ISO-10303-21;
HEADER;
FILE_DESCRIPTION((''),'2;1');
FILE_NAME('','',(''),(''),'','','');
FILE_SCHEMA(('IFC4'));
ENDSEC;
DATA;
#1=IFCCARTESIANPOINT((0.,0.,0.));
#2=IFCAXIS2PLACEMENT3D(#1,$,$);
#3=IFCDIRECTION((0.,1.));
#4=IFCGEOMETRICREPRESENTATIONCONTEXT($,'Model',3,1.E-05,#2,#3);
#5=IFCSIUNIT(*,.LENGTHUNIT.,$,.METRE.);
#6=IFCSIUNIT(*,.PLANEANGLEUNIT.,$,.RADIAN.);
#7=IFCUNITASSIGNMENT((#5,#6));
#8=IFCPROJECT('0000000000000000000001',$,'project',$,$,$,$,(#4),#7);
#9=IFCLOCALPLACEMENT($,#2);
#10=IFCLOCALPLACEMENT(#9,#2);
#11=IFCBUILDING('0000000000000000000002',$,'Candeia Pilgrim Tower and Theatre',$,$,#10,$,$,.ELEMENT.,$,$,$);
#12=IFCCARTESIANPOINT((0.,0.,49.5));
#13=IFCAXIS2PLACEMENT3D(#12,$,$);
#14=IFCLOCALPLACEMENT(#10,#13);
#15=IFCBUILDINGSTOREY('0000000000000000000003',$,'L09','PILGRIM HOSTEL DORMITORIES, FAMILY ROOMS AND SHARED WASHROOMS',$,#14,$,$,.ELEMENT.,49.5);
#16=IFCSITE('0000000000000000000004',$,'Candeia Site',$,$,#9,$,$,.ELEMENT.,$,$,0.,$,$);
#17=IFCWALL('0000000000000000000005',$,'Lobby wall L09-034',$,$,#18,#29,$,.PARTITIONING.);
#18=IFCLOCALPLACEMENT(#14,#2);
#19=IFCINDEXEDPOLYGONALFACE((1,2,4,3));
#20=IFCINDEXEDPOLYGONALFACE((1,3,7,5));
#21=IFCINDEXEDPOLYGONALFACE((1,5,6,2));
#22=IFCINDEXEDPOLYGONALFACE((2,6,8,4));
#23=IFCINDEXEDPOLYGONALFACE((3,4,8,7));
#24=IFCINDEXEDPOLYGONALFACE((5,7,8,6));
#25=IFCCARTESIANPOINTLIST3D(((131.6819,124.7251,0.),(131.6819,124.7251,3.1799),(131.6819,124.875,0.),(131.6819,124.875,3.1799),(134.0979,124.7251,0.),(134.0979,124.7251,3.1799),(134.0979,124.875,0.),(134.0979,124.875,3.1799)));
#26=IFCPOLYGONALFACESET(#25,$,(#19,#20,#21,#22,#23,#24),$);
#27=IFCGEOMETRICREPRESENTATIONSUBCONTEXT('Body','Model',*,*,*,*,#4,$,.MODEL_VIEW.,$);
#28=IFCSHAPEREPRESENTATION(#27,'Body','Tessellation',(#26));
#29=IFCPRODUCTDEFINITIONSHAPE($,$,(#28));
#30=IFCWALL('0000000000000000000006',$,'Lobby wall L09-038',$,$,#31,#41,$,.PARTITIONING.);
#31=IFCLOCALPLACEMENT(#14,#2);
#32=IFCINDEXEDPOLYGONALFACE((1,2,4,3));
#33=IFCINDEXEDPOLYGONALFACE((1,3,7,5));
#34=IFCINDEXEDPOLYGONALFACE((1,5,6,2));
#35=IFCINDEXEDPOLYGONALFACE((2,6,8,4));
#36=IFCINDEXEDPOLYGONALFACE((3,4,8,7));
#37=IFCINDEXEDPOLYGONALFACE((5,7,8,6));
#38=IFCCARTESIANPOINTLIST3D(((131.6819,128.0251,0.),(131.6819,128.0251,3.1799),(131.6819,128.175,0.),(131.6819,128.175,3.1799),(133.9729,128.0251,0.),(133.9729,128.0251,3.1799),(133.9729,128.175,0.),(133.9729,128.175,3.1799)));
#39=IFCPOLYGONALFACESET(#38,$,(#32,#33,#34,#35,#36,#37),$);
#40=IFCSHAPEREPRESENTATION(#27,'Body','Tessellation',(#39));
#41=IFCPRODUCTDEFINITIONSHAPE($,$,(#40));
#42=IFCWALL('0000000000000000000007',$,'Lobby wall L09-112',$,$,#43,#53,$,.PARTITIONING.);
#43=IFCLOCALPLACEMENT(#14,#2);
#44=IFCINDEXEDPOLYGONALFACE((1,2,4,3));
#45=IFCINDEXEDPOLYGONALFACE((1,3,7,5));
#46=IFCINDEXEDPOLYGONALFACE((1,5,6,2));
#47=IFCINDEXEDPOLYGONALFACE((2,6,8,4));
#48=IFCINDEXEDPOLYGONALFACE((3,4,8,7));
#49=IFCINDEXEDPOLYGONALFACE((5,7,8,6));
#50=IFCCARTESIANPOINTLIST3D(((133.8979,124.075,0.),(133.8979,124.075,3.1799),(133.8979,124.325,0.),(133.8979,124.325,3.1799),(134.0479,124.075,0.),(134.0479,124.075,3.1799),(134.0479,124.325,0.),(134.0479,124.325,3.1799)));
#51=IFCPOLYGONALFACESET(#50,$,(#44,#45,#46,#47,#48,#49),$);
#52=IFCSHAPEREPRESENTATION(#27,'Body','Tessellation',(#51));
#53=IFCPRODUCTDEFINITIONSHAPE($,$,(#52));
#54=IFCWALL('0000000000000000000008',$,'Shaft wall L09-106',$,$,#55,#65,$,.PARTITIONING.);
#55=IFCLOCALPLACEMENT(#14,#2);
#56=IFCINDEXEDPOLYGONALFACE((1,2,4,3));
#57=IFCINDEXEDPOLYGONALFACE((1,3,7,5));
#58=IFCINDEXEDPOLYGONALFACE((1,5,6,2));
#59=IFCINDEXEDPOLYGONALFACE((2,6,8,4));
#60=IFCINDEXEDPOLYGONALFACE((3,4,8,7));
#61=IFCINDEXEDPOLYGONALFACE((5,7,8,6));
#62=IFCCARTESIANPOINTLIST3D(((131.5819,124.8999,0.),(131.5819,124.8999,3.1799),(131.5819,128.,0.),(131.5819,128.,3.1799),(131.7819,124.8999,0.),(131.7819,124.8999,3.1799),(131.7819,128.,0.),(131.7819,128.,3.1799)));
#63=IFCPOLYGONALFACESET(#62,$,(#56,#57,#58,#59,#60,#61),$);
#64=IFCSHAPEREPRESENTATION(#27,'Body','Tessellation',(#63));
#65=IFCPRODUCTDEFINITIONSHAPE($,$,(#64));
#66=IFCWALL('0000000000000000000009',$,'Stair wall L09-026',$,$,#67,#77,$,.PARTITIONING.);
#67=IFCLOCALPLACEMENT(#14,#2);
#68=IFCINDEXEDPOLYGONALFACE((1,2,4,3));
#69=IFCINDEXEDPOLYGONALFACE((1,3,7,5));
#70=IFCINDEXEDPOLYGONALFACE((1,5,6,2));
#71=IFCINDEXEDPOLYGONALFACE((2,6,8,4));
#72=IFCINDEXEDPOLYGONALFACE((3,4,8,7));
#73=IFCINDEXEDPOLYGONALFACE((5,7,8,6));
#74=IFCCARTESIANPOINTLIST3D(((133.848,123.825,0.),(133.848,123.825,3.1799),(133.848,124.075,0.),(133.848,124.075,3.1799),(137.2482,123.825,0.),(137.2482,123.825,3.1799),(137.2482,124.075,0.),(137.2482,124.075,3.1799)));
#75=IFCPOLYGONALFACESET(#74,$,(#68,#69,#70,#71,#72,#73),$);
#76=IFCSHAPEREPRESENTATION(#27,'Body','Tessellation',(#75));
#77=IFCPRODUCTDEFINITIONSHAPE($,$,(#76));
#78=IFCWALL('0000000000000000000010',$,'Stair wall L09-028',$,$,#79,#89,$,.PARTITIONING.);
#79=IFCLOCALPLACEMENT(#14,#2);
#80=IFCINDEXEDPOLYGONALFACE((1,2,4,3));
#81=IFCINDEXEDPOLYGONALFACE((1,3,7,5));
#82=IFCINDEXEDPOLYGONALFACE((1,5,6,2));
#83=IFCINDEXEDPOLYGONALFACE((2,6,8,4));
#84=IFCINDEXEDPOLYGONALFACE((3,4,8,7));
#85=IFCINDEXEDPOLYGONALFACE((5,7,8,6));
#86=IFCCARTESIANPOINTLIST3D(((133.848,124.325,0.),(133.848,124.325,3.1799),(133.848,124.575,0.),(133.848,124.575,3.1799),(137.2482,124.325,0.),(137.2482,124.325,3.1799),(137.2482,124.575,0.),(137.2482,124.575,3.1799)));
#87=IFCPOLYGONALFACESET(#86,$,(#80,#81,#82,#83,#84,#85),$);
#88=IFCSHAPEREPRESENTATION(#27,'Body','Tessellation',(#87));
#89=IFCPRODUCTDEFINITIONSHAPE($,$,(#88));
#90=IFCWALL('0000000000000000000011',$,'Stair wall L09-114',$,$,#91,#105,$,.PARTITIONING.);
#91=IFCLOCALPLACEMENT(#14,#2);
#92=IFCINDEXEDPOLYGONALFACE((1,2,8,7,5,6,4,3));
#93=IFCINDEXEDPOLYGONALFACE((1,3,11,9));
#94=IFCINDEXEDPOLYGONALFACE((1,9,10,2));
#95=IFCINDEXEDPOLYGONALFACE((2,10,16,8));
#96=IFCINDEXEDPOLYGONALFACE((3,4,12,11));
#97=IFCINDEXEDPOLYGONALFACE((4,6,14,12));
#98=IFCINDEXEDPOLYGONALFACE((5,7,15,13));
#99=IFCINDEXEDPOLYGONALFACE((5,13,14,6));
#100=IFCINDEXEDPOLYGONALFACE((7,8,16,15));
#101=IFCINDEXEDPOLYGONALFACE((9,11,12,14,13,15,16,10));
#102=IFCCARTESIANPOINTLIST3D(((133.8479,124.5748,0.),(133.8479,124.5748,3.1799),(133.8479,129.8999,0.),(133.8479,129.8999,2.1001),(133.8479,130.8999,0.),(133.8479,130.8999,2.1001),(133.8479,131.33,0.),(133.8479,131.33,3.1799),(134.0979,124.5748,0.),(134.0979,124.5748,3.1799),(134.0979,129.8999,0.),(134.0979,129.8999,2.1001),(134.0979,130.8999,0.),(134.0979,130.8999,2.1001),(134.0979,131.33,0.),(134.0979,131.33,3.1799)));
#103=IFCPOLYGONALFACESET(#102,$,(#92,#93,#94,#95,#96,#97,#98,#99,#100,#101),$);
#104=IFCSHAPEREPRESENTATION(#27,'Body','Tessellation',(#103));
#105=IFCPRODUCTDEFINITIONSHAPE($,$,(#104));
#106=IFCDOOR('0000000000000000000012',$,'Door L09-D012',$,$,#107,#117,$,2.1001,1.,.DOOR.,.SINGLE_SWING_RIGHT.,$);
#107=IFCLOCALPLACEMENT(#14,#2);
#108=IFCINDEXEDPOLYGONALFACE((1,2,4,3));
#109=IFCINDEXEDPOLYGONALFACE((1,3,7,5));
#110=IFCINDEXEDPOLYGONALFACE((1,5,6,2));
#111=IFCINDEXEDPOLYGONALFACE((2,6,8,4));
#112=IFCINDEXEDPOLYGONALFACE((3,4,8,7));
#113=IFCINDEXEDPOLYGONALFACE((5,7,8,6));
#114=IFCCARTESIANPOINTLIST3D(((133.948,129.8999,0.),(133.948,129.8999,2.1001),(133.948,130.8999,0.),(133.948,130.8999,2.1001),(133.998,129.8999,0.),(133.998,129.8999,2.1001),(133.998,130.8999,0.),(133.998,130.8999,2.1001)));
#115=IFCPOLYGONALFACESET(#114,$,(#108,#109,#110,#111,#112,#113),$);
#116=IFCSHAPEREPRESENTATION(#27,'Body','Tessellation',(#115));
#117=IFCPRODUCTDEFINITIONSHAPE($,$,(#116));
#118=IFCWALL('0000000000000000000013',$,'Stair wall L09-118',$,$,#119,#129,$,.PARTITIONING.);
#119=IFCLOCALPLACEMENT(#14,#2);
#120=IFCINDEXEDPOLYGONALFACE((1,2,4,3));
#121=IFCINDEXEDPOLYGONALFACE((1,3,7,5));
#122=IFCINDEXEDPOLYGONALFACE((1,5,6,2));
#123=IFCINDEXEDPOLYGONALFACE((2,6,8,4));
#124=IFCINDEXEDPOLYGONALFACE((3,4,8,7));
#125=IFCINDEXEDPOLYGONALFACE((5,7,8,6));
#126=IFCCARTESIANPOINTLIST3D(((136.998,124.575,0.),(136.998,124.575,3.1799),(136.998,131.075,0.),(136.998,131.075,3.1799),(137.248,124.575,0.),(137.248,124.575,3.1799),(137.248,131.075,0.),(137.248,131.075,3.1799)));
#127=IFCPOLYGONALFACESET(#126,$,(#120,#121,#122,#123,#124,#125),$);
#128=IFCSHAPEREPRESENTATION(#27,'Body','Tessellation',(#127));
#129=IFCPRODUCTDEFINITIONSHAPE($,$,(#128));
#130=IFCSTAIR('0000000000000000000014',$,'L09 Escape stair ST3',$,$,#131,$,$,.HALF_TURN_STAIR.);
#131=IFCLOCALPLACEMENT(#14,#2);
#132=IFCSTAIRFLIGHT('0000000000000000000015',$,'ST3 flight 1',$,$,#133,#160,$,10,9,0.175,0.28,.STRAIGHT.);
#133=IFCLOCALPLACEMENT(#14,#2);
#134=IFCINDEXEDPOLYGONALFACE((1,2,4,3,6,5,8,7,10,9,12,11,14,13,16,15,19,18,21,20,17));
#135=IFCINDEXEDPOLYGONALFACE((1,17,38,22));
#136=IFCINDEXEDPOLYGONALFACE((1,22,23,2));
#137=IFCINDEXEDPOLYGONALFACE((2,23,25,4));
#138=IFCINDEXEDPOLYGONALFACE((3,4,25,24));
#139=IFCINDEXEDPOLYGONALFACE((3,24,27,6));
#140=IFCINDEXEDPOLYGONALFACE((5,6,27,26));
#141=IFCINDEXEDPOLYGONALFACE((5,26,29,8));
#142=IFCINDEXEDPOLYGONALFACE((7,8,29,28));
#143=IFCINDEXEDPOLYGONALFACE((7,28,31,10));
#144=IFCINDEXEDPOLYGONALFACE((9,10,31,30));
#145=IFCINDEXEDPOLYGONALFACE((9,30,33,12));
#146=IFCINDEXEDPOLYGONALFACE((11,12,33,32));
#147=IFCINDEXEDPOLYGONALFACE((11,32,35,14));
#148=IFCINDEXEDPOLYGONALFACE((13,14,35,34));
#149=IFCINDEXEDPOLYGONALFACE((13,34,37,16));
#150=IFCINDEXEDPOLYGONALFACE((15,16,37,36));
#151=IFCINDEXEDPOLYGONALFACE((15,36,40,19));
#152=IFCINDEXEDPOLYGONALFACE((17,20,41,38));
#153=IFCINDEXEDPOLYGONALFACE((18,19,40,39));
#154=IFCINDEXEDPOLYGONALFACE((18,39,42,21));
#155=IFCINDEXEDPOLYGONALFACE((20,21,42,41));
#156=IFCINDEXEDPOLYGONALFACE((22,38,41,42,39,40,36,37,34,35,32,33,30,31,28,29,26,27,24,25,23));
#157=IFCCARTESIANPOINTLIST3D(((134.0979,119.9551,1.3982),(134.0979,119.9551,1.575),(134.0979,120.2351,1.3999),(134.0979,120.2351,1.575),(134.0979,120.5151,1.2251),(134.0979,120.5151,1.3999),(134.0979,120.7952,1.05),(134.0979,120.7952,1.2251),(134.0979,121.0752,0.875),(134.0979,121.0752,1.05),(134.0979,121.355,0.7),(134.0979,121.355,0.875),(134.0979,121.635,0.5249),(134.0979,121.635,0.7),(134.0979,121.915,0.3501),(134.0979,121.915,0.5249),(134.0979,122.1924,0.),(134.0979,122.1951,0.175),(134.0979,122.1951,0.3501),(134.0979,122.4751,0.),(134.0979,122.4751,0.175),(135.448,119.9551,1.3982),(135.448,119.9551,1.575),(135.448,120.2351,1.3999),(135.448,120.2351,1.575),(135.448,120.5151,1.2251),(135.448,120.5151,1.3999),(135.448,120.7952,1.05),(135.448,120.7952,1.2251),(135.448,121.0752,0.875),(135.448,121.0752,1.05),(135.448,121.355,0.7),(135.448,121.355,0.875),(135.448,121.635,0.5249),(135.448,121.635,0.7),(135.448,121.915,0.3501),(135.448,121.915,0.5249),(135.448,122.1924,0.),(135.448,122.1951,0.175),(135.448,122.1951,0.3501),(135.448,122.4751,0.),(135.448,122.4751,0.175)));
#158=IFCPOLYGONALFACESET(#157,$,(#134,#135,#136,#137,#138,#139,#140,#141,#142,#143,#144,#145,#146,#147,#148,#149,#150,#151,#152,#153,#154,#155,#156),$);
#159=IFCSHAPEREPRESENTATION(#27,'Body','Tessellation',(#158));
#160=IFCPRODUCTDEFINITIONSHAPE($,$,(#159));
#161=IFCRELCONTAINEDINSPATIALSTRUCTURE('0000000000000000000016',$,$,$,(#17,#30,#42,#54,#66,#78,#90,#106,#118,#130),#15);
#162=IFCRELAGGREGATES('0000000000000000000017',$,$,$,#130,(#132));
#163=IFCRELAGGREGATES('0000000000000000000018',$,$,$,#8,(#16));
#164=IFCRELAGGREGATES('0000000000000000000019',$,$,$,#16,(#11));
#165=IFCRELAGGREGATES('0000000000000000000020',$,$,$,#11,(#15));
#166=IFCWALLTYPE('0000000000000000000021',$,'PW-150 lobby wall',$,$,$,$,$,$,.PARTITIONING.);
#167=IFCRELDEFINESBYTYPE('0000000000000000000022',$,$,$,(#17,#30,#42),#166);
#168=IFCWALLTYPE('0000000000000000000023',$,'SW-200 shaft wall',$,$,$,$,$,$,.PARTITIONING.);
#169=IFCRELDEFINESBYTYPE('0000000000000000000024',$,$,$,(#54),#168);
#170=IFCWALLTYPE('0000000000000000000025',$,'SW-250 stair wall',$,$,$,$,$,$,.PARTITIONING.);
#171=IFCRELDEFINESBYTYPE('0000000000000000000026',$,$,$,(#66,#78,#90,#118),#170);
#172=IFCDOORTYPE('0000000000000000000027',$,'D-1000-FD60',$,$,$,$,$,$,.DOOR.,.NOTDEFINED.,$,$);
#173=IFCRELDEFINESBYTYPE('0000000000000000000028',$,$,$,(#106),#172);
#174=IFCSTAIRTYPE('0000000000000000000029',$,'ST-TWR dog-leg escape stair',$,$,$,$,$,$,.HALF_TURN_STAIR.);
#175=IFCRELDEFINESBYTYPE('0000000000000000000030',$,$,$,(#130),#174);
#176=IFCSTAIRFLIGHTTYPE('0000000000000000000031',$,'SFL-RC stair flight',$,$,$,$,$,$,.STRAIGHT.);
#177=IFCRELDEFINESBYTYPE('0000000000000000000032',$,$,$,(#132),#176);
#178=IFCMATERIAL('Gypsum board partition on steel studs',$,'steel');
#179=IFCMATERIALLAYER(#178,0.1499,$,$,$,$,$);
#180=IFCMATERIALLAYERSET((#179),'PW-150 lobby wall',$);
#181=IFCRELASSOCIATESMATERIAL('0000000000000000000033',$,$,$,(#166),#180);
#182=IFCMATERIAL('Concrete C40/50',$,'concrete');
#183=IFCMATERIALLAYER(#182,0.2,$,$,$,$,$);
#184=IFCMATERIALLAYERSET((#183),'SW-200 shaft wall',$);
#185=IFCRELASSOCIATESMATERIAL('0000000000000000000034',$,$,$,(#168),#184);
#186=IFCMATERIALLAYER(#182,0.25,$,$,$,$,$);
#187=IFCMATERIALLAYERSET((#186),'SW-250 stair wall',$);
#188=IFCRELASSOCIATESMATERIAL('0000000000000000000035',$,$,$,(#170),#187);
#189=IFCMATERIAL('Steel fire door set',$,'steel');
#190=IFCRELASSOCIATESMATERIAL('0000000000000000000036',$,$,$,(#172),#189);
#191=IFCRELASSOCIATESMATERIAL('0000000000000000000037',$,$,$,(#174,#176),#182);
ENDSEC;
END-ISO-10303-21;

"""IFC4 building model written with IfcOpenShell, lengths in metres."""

from ifc_helpers import new_model, si_unit, direction, frame, frame_2d, origin, place, context, subcontext, project, spatial, polyline, rectangle, outline, extrude, material, layer, layer_set, type_object, element, fill, aggregate, save


model = new_model("IFC4")

# Units and contexts
model_context = context("Model", 3, precision=1e-05, world=origin(), true_north=direction((0.0, 1.0)))
body_context = subcontext(model_context, "Body", "Model", "MODEL_VIEW")
ifc_project = project(units=[si_unit("LENGTHUNIT", "METRE"), si_unit("PLANEANGLEUNIT", "RADIAN")], contexts=[model_context])

# Site, building, storey
site_placement = place(None, origin())
site = spatial("IfcSite", under=ifc_project, at=site_placement, Name="Candeia Site", CompositionType="ELEMENT", RefElevation=0.0)
building_placement = place(site_placement, origin())
building = spatial("IfcBuilding", under=site, at=building_placement, Name="Candeia Pilgrim Tower and Theatre", CompositionType="ELEMENT")
storey_placement = place(building_placement, frame((0.0, 0.0, 49.5)))
storey = spatial("IfcBuildingStorey", under=building, at=storey_placement, Name="L09", Description="PILGRIM HOSTEL DORMITORIES, FAMILY ROOMS AND SHARED WASHROOMS", CompositionType="ELEMENT", Elevation=49.5)

# Walls
ifc_material_1 = material(Name="Gypsum board partition on steel studs", Category="steel")
ifc_layer_1 = layer(ifc_material_1, 0.1499)
ifc_layer_set_1 = layer_set([ifc_layer_1], Name="PW-150 lobby wall")
wall_type_1 = type_object("IfcWallType", Name="PW-150 lobby wall", PredefinedType="PARTITIONING", material=ifc_layer_set_1)
wall_1_placement = place(storey_placement, frame((131.6819, 124.8, 0.0), z_axis=(0.0, 0.0, 1.0), x_axis=(1.0, 0.0, 0.0)))
element("IfcWall", 1, at=wall_1_placement, inside=storey, type_object=wall_type_1, Name="Lobby wall L09-034", PredefinedType="PARTITIONING", context=body_context, shape_type="SweptSolid", body=[
    extrude(rectangle(XDim=2.416, YDim=0.1499, at=frame_2d((1.208, 0.0))), origin(), (0.0, 0.0, 1.0), 3.1799),
])
wall_2_placement = place(storey_placement, frame((131.6819, 128.1001, 0.0), z_axis=(0.0, 0.0, 1.0), x_axis=(1.0, 0.0, 0.0)))
element("IfcWall", 2, at=wall_2_placement, inside=storey, type_object=wall_type_1, Name="Lobby wall L09-038", PredefinedType="PARTITIONING", context=body_context, shape_type="SweptSolid", body=[
    extrude(rectangle(XDim=2.291, YDim=0.1499, at=frame_2d((1.1455, 0.0))), origin(), (0.0, 0.0, 1.0), 3.1799),
])
wall_3_placement = place(storey_placement, frame((133.9729, 124.075, 0.0), z_axis=(0.0, 0.0, 1.0), x_axis=(0.0, 1.0, 0.0)))
element("IfcWall", 3, at=wall_3_placement, inside=storey, type_object=wall_type_1, Name="Lobby wall L09-112", PredefinedType="PARTITIONING", context=body_context, shape_type="SweptSolid", body=[
    extrude(rectangle(XDim=0.25, YDim=0.1499, at=frame_2d((0.125, 0.0))), origin(), (0.0, 0.0, 1.0), 3.1799),
])
ifc_material_2 = material(Name="Concrete C40/50", Category="concrete")
ifc_layer_2 = layer(ifc_material_2, 0.2)
ifc_layer_set_2 = layer_set([ifc_layer_2], Name="SW-200 shaft wall")
wall_type_2 = type_object("IfcWallType", Name="SW-200 shaft wall", PredefinedType="PARTITIONING", material=ifc_layer_set_2)
wall_4_placement = place(storey_placement, frame((131.6819, 124.8999, 0.0), z_axis=(0.0, 0.0, 1.0), x_axis=(0.0, 1.0, 0.0)))
element("IfcWall", 4, at=wall_4_placement, inside=storey, type_object=wall_type_2, Name="Shaft wall L09-106", PredefinedType="PARTITIONING", context=body_context, shape_type="SweptSolid", body=[
    extrude(rectangle(XDim=3.1001, YDim=0.2, at=frame_2d((1.55, 0.0))), origin(), (0.0, 0.0, 1.0), 3.1799),
])
ifc_layer_3 = layer(ifc_material_2, 0.25)
ifc_layer_set_3 = layer_set([ifc_layer_3], Name="SW-250 stair wall")
wall_type_3 = type_object("IfcWallType", Name="SW-250 stair wall", PredefinedType="PARTITIONING", material=ifc_layer_set_3)
for number, where, z_axis, x_axis, name in (
    (5, (133.8479, 123.95, 0.0), (0.0, 0.0, 1.0), (1.0, 0.0, 0.0), "Stair wall L09-026"),
    (6, (133.8479, 124.45, 0.0), (0.0, 0.0, 1.0), (1.0, 0.0, 0.0), "Stair wall L09-028"),
):
    element("IfcWall", number, at=place(storey_placement, frame(where, z_axis=z_axis, x_axis=x_axis)), inside=storey, type_object=wall_type_3, Name=name, PredefinedType="PARTITIONING", context=body_context, shape_type="SweptSolid", body=[
        extrude(rectangle(XDim=3.4001, YDim=0.25, at=frame_2d((1.7002, 0.0))), origin(), (0.0, 0.0, 1.0), 3.1799),
    ])

# Wall, opening, door
wall_5_placement = place(storey_placement, frame((133.9729, 124.575, 0.0), z_axis=(0.0, 0.0, 1.0), x_axis=(0.0, 1.0, 0.0)))
wall_5 = element("IfcWall", 7, at=wall_5_placement, inside=storey, type_object=wall_type_3, Name="Stair wall L09-114", PredefinedType="PARTITIONING", context=body_context, shape_type="SweptSolid", body=[
    extrude(rectangle(XDim=6.7551, YDim=0.25, at=frame_2d((3.3774, 0.0))), origin(), (0.0, 0.0, 1.0), 3.1799),
])
opening_placement = place(wall_5_placement, frame((5.325, 0.0, 0.0)))
opening = element("IfcOpeningElement", 8, at=opening_placement, cuts=wall_5, PredefinedType="OPENING", context=body_context, shape_type="SweptSolid", body=[
    extrude(rectangle(XDim=1.0, YDim=2.1001, at=frame_2d((0.5, 1.05))), frame((0.0, 0.135, 0.0), z_axis=(0.0, -1.0, 0.0), x_axis=(1.0, 0.0, 0.0)), (0.0, 0.0, 1.0), 0.27),
])
ifc_material_3 = material(Name="Steel fire door set", Category="steel")
door_type = type_object("IfcDoorType", Name="D-1000-FD60", OperationType="NOTDEFINED", PredefinedType="DOOR", material=ifc_material_3)
door_placement = place(opening_placement, origin())
door = element("IfcDoor", 9, at=door_placement, inside=storey, type_object=door_type, Name="Door L09-D012", OperationType="SINGLE_SWING_RIGHT", OverallHeight=2.1001, OverallWidth=1.0, PredefinedType="DOOR", context=body_context, shape_type="SweptSolid", body=[
    extrude(rectangle(XDim=1.0, YDim=2.1001, at=frame_2d((0.5, 1.05))), frame((0.0, 0.0249, 0.0), z_axis=(0.0, -1.0, 0.0), x_axis=(1.0, 0.0, 0.0)), (0.0, 0.0, 1.0), 0.05),
])
fill(opening, door)

# Wall
wall_6_placement = place(storey_placement, frame((137.123, 124.575, 0.0), z_axis=(0.0, 0.0, 1.0), x_axis=(0.0, 1.0, 0.0)))
element("IfcWall", 10, at=wall_6_placement, inside=storey, type_object=wall_type_3, Name="Stair wall L09-118", PredefinedType="PARTITIONING", context=body_context, shape_type="SweptSolid", body=[
    extrude(rectangle(XDim=6.5, YDim=0.25, at=frame_2d((3.25, 0.0))), origin(), (0.0, 0.0, 1.0), 3.1799),
])

# Stair, stair flight
stair_type = type_object("IfcStairType", Name="ST-TWR dog-leg escape stair", PredefinedType="HALF_TURN_STAIR", material=ifc_material_2)
stair_1_placement = place(storey_placement, origin())
stair_1 = element("IfcStair", 11, at=stair_1_placement, inside=storey, type_object=stair_type, Name="L09 Escape stair ST3", PredefinedType="HALF_TURN_STAIR")
stair_flight_type = type_object("IfcStairFlightType", Name="SFL-RC stair flight", PredefinedType="STRAIGHT", material=ifc_material_2)
stair_flight_1_placement = place(storey_placement, frame((134.7729, 122.4751, 0.0), z_axis=(0.0, 0.0, 1.0), x_axis=(0.0, -1.0, 0.0)))
stair_flight_1 = element("IfcStairFlight", 12, at=stair_flight_1_placement, type_object=stair_flight_type, Name="ST3 flight 1", NumberOfRisers=10, NumberOfTreads=9, PredefinedType="STRAIGHT", RiserHeight=0.175, TreadLength=0.28, context=body_context, shape_type="SweptSolid", body=[
    extrude(outline(polyline([(0.0, 0.0), (0.0, 0.175), (0.28, 0.175), (0.28, 0.3501), (0.5601, 0.3501), (0.5601, 0.5249), (0.8401, 0.5249), (0.8401, 0.7), (1.1201, 0.7), (1.1201, 0.875), (1.3999, 0.875), (1.3999, 1.05), (1.6799, 1.05), (1.6799, 1.2251), (1.96, 1.2251), (1.96, 1.3999), (2.24, 1.3999), (2.24, 1.575), (2.52, 1.575), (2.52, 1.75), (2.52, 1.3982), (0.2827, 0.0), (0.0, 0.0)])), frame((0.0, 0.675, 0.0), z_axis=(0.0, -1.0, 0.0), x_axis=(1.0, 0.0, 0.0)), (0.0, 0.0, 1.0), 1.3501),
])
aggregate(stair_1, [stair_flight_1])

save(model, "model.ifc")
